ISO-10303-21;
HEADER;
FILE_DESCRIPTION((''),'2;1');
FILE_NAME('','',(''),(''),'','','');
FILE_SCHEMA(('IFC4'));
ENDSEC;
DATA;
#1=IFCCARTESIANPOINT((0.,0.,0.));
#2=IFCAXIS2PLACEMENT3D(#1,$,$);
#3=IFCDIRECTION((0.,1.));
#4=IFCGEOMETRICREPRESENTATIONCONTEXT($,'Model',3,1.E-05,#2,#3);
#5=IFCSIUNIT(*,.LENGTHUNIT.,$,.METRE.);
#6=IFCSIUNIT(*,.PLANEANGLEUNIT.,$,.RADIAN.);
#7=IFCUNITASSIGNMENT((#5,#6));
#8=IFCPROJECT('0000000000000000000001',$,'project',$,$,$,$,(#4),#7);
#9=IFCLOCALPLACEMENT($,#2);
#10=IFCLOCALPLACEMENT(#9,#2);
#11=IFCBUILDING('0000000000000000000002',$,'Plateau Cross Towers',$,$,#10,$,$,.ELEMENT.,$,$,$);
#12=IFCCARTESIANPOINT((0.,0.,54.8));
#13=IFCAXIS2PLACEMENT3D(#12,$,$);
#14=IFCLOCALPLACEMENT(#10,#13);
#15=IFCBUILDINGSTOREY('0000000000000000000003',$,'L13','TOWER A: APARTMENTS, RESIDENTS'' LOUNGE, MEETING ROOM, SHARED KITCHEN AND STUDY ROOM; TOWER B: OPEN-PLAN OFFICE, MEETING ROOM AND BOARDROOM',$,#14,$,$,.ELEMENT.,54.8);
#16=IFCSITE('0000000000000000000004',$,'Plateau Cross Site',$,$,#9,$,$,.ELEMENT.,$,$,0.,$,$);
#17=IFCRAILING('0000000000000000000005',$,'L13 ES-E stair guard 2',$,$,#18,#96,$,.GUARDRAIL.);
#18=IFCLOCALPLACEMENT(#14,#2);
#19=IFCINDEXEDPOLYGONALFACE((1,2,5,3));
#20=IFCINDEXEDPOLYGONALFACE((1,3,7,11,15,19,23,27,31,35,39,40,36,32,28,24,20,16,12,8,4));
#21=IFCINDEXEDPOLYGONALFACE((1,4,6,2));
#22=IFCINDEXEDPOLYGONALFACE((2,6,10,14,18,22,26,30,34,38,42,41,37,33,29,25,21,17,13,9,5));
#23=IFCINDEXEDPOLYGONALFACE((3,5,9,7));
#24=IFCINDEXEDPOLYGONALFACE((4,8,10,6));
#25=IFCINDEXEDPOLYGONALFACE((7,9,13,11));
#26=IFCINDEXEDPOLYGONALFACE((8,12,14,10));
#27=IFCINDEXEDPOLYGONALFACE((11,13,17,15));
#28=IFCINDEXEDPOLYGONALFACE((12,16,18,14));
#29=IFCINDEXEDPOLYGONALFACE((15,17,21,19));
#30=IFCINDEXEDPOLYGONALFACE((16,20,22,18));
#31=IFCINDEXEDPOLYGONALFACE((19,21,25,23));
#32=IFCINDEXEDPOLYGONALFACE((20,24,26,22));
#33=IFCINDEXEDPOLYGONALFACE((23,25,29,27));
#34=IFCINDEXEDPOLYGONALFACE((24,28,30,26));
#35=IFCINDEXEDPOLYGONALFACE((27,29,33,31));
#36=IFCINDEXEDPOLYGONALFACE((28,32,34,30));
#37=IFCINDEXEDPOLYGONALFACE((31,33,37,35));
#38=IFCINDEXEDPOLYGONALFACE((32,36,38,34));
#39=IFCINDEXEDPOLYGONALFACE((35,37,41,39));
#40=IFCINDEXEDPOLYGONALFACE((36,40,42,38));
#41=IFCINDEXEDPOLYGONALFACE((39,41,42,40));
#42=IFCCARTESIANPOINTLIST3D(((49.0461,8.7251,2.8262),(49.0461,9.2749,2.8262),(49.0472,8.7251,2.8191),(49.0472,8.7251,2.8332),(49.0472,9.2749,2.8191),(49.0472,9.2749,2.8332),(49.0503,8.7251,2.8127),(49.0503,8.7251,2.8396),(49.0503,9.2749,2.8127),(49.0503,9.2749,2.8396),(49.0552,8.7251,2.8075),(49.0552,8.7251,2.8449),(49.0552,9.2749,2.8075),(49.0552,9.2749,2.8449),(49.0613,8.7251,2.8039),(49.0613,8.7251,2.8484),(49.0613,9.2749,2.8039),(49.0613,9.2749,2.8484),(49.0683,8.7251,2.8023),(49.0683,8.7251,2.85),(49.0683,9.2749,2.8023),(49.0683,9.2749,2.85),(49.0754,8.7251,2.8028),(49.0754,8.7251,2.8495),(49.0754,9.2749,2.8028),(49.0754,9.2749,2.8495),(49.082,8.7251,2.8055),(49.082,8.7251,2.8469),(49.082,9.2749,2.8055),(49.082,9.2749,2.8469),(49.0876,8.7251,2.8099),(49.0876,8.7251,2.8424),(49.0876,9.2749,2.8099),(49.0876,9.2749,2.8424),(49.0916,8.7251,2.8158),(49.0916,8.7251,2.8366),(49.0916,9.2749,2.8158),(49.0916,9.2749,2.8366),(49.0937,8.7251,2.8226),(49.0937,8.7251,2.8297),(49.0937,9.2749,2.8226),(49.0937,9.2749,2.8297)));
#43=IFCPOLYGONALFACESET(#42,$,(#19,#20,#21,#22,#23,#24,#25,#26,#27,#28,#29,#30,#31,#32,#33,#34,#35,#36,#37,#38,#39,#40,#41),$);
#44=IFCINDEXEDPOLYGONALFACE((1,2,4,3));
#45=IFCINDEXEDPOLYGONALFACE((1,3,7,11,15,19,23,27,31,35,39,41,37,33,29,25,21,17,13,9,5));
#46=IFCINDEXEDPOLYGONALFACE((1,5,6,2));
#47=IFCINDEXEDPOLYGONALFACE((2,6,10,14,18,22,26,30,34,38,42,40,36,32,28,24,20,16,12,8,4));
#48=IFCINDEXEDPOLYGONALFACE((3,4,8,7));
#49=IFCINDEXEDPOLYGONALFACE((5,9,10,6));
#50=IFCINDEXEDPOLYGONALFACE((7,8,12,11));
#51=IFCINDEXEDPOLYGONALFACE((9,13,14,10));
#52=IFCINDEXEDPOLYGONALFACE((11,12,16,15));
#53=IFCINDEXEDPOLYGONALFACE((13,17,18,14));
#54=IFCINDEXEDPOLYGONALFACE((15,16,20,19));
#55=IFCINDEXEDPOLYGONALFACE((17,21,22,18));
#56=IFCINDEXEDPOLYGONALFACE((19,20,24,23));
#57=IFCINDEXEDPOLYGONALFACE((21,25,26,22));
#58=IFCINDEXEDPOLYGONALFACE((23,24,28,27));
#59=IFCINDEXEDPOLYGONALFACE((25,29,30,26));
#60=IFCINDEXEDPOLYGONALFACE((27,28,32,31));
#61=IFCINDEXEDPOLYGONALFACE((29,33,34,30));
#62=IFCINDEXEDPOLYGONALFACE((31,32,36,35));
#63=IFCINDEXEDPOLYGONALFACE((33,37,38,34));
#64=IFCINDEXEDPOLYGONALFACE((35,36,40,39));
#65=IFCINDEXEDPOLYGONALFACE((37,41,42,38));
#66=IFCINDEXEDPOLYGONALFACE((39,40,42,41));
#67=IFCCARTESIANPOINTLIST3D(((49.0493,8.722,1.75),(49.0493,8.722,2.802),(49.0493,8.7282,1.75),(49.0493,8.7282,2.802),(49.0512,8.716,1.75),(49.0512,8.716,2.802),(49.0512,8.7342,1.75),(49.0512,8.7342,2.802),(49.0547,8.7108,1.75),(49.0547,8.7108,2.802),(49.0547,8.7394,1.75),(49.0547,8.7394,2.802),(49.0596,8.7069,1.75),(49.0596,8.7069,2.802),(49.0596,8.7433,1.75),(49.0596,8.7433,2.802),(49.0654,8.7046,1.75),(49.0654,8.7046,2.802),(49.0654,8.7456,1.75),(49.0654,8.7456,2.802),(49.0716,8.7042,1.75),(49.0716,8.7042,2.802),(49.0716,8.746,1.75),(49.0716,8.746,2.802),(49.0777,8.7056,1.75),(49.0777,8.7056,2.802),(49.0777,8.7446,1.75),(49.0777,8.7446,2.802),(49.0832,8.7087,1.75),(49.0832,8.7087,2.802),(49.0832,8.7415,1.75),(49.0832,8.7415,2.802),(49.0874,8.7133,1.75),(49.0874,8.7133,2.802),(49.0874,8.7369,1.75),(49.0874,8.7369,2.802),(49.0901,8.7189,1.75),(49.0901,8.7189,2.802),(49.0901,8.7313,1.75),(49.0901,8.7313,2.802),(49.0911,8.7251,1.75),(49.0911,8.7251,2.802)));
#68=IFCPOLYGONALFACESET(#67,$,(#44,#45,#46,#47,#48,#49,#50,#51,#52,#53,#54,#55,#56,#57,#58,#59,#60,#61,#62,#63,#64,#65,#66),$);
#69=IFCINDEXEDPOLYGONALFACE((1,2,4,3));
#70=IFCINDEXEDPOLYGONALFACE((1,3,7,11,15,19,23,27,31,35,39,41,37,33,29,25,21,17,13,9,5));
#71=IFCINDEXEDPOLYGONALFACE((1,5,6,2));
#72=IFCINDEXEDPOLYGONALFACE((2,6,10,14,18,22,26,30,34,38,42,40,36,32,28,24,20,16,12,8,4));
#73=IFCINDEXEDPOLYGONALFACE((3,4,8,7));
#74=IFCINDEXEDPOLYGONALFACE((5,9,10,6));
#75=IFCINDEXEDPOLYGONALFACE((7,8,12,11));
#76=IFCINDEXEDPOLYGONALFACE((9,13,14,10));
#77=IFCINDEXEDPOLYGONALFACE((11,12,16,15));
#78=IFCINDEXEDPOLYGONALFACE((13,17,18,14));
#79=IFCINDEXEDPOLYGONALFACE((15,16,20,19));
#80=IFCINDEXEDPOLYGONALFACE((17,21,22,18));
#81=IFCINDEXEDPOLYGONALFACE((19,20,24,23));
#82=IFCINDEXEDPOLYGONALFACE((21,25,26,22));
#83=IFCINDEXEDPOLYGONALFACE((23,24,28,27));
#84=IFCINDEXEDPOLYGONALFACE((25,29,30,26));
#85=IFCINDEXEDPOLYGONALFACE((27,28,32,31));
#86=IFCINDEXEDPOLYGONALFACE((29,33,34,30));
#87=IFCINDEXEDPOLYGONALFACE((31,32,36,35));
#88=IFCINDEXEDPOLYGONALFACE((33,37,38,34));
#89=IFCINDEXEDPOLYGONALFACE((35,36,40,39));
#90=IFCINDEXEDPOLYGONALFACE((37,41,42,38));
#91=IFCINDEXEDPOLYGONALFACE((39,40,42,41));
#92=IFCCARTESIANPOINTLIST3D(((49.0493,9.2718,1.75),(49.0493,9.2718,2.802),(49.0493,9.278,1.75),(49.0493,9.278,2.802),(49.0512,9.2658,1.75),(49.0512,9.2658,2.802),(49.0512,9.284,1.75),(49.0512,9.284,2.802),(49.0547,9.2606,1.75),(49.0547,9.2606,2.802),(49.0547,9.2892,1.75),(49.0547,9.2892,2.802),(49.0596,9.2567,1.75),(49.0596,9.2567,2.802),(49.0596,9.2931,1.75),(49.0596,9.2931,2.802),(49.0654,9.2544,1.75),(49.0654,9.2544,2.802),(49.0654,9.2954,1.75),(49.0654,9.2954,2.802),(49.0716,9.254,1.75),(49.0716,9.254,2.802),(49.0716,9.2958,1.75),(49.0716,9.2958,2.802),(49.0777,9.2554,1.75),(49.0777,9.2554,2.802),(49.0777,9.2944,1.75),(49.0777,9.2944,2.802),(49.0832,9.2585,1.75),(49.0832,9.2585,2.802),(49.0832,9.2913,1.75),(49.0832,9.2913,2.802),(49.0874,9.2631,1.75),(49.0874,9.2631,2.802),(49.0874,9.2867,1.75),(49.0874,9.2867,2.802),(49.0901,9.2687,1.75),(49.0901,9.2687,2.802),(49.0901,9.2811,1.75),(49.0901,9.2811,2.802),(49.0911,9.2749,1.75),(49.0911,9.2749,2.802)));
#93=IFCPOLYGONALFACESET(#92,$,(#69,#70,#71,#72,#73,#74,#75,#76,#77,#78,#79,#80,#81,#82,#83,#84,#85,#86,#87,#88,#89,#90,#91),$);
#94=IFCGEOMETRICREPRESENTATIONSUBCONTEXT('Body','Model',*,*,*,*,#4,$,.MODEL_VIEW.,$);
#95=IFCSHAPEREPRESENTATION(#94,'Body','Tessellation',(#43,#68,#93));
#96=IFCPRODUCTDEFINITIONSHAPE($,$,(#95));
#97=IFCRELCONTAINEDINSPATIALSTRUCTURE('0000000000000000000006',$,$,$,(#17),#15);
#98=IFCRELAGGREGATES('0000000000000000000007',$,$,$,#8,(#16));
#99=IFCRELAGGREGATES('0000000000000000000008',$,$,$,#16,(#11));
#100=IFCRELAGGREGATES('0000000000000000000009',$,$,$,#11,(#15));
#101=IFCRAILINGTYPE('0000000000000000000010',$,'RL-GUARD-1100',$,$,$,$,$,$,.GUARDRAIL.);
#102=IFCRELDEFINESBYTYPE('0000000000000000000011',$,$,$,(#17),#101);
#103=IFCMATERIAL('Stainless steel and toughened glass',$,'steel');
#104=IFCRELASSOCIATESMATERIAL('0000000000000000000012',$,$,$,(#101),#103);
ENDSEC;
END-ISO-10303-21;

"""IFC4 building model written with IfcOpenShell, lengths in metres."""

from ifc_helpers import new_model, si_unit, direction, frame, origin, origin_2d, place, context, subcontext, project, spatial, circle, extrude, material, type_object, element, save


model = new_model("IFC4")

# Units and contexts
model_context = context("Model", 3, precision=1e-05, world=origin(), true_north=direction((0.0, 1.0)))
body_context = subcontext(model_context, "Body", "Model", "MODEL_VIEW")
ifc_project = project(units=[si_unit("LENGTHUNIT", "METRE"), si_unit("PLANEANGLEUNIT", "RADIAN")], contexts=[model_context])

# Site, building, storey
site_placement = place(None, origin())
site = spatial("IfcSite", under=ifc_project, at=site_placement, Name="Plateau Cross Site", CompositionType="ELEMENT", RefElevation=0.0)
building_placement = place(site_placement, origin())
building = spatial("IfcBuilding", under=site, at=building_placement, Name="Plateau Cross Towers", CompositionType="ELEMENT")
storey_placement = place(building_placement, frame((0.0, 0.0, 54.8)))
storey = spatial("IfcBuildingStorey", under=building, at=storey_placement, Name="L13", Description="TOWER A: APARTMENTS, RESIDENTS' LOUNGE, MEETING ROOM, SHARED KITCHEN AND STUDY ROOM; TOWER B: OPEN-PLAN OFFICE, MEETING ROOM AND BOARDROOM", CompositionType="ELEMENT", Elevation=54.8)

# Railing
ifc_material_1 = material(Name="Stainless steel and toughened glass", Category="steel")
railing_type_1 = type_object("IfcRailingType", Name="RL-GUARD-1100", PredefinedType="GUARDRAIL", material=ifc_material_1)
railing_1_placement = place(storey_placement, frame((49.0701, 8.7251, 1.75)))
element("IfcRailing", 1, at=railing_1_placement, inside=storey, type_object=railing_type_1, Name="L13 ES-E stair guard 2", PredefinedType="GUARDRAIL", context=body_context, shape_type="SweptSolid", body=[
    extrude(circle(Radius=0.0239, at=origin_2d()), frame((0.0, 0.0, 1.0762), z_axis=(0.0, 1.0, 0.0), x_axis=(-1.0, 0.0, 0.0)), (0.0, 0.0, 1.0), 0.5498),
    extrude(circle(Radius=0.021, at=origin_2d()), origin(), (0.0, 0.0, 1.0), 1.052),
    extrude(circle(Radius=0.021, at=origin_2d()), frame((0.0, 0.5498, 0.0)), (0.0, 0.0, 1.0), 1.052),
])

save(model, "model.ifc")
